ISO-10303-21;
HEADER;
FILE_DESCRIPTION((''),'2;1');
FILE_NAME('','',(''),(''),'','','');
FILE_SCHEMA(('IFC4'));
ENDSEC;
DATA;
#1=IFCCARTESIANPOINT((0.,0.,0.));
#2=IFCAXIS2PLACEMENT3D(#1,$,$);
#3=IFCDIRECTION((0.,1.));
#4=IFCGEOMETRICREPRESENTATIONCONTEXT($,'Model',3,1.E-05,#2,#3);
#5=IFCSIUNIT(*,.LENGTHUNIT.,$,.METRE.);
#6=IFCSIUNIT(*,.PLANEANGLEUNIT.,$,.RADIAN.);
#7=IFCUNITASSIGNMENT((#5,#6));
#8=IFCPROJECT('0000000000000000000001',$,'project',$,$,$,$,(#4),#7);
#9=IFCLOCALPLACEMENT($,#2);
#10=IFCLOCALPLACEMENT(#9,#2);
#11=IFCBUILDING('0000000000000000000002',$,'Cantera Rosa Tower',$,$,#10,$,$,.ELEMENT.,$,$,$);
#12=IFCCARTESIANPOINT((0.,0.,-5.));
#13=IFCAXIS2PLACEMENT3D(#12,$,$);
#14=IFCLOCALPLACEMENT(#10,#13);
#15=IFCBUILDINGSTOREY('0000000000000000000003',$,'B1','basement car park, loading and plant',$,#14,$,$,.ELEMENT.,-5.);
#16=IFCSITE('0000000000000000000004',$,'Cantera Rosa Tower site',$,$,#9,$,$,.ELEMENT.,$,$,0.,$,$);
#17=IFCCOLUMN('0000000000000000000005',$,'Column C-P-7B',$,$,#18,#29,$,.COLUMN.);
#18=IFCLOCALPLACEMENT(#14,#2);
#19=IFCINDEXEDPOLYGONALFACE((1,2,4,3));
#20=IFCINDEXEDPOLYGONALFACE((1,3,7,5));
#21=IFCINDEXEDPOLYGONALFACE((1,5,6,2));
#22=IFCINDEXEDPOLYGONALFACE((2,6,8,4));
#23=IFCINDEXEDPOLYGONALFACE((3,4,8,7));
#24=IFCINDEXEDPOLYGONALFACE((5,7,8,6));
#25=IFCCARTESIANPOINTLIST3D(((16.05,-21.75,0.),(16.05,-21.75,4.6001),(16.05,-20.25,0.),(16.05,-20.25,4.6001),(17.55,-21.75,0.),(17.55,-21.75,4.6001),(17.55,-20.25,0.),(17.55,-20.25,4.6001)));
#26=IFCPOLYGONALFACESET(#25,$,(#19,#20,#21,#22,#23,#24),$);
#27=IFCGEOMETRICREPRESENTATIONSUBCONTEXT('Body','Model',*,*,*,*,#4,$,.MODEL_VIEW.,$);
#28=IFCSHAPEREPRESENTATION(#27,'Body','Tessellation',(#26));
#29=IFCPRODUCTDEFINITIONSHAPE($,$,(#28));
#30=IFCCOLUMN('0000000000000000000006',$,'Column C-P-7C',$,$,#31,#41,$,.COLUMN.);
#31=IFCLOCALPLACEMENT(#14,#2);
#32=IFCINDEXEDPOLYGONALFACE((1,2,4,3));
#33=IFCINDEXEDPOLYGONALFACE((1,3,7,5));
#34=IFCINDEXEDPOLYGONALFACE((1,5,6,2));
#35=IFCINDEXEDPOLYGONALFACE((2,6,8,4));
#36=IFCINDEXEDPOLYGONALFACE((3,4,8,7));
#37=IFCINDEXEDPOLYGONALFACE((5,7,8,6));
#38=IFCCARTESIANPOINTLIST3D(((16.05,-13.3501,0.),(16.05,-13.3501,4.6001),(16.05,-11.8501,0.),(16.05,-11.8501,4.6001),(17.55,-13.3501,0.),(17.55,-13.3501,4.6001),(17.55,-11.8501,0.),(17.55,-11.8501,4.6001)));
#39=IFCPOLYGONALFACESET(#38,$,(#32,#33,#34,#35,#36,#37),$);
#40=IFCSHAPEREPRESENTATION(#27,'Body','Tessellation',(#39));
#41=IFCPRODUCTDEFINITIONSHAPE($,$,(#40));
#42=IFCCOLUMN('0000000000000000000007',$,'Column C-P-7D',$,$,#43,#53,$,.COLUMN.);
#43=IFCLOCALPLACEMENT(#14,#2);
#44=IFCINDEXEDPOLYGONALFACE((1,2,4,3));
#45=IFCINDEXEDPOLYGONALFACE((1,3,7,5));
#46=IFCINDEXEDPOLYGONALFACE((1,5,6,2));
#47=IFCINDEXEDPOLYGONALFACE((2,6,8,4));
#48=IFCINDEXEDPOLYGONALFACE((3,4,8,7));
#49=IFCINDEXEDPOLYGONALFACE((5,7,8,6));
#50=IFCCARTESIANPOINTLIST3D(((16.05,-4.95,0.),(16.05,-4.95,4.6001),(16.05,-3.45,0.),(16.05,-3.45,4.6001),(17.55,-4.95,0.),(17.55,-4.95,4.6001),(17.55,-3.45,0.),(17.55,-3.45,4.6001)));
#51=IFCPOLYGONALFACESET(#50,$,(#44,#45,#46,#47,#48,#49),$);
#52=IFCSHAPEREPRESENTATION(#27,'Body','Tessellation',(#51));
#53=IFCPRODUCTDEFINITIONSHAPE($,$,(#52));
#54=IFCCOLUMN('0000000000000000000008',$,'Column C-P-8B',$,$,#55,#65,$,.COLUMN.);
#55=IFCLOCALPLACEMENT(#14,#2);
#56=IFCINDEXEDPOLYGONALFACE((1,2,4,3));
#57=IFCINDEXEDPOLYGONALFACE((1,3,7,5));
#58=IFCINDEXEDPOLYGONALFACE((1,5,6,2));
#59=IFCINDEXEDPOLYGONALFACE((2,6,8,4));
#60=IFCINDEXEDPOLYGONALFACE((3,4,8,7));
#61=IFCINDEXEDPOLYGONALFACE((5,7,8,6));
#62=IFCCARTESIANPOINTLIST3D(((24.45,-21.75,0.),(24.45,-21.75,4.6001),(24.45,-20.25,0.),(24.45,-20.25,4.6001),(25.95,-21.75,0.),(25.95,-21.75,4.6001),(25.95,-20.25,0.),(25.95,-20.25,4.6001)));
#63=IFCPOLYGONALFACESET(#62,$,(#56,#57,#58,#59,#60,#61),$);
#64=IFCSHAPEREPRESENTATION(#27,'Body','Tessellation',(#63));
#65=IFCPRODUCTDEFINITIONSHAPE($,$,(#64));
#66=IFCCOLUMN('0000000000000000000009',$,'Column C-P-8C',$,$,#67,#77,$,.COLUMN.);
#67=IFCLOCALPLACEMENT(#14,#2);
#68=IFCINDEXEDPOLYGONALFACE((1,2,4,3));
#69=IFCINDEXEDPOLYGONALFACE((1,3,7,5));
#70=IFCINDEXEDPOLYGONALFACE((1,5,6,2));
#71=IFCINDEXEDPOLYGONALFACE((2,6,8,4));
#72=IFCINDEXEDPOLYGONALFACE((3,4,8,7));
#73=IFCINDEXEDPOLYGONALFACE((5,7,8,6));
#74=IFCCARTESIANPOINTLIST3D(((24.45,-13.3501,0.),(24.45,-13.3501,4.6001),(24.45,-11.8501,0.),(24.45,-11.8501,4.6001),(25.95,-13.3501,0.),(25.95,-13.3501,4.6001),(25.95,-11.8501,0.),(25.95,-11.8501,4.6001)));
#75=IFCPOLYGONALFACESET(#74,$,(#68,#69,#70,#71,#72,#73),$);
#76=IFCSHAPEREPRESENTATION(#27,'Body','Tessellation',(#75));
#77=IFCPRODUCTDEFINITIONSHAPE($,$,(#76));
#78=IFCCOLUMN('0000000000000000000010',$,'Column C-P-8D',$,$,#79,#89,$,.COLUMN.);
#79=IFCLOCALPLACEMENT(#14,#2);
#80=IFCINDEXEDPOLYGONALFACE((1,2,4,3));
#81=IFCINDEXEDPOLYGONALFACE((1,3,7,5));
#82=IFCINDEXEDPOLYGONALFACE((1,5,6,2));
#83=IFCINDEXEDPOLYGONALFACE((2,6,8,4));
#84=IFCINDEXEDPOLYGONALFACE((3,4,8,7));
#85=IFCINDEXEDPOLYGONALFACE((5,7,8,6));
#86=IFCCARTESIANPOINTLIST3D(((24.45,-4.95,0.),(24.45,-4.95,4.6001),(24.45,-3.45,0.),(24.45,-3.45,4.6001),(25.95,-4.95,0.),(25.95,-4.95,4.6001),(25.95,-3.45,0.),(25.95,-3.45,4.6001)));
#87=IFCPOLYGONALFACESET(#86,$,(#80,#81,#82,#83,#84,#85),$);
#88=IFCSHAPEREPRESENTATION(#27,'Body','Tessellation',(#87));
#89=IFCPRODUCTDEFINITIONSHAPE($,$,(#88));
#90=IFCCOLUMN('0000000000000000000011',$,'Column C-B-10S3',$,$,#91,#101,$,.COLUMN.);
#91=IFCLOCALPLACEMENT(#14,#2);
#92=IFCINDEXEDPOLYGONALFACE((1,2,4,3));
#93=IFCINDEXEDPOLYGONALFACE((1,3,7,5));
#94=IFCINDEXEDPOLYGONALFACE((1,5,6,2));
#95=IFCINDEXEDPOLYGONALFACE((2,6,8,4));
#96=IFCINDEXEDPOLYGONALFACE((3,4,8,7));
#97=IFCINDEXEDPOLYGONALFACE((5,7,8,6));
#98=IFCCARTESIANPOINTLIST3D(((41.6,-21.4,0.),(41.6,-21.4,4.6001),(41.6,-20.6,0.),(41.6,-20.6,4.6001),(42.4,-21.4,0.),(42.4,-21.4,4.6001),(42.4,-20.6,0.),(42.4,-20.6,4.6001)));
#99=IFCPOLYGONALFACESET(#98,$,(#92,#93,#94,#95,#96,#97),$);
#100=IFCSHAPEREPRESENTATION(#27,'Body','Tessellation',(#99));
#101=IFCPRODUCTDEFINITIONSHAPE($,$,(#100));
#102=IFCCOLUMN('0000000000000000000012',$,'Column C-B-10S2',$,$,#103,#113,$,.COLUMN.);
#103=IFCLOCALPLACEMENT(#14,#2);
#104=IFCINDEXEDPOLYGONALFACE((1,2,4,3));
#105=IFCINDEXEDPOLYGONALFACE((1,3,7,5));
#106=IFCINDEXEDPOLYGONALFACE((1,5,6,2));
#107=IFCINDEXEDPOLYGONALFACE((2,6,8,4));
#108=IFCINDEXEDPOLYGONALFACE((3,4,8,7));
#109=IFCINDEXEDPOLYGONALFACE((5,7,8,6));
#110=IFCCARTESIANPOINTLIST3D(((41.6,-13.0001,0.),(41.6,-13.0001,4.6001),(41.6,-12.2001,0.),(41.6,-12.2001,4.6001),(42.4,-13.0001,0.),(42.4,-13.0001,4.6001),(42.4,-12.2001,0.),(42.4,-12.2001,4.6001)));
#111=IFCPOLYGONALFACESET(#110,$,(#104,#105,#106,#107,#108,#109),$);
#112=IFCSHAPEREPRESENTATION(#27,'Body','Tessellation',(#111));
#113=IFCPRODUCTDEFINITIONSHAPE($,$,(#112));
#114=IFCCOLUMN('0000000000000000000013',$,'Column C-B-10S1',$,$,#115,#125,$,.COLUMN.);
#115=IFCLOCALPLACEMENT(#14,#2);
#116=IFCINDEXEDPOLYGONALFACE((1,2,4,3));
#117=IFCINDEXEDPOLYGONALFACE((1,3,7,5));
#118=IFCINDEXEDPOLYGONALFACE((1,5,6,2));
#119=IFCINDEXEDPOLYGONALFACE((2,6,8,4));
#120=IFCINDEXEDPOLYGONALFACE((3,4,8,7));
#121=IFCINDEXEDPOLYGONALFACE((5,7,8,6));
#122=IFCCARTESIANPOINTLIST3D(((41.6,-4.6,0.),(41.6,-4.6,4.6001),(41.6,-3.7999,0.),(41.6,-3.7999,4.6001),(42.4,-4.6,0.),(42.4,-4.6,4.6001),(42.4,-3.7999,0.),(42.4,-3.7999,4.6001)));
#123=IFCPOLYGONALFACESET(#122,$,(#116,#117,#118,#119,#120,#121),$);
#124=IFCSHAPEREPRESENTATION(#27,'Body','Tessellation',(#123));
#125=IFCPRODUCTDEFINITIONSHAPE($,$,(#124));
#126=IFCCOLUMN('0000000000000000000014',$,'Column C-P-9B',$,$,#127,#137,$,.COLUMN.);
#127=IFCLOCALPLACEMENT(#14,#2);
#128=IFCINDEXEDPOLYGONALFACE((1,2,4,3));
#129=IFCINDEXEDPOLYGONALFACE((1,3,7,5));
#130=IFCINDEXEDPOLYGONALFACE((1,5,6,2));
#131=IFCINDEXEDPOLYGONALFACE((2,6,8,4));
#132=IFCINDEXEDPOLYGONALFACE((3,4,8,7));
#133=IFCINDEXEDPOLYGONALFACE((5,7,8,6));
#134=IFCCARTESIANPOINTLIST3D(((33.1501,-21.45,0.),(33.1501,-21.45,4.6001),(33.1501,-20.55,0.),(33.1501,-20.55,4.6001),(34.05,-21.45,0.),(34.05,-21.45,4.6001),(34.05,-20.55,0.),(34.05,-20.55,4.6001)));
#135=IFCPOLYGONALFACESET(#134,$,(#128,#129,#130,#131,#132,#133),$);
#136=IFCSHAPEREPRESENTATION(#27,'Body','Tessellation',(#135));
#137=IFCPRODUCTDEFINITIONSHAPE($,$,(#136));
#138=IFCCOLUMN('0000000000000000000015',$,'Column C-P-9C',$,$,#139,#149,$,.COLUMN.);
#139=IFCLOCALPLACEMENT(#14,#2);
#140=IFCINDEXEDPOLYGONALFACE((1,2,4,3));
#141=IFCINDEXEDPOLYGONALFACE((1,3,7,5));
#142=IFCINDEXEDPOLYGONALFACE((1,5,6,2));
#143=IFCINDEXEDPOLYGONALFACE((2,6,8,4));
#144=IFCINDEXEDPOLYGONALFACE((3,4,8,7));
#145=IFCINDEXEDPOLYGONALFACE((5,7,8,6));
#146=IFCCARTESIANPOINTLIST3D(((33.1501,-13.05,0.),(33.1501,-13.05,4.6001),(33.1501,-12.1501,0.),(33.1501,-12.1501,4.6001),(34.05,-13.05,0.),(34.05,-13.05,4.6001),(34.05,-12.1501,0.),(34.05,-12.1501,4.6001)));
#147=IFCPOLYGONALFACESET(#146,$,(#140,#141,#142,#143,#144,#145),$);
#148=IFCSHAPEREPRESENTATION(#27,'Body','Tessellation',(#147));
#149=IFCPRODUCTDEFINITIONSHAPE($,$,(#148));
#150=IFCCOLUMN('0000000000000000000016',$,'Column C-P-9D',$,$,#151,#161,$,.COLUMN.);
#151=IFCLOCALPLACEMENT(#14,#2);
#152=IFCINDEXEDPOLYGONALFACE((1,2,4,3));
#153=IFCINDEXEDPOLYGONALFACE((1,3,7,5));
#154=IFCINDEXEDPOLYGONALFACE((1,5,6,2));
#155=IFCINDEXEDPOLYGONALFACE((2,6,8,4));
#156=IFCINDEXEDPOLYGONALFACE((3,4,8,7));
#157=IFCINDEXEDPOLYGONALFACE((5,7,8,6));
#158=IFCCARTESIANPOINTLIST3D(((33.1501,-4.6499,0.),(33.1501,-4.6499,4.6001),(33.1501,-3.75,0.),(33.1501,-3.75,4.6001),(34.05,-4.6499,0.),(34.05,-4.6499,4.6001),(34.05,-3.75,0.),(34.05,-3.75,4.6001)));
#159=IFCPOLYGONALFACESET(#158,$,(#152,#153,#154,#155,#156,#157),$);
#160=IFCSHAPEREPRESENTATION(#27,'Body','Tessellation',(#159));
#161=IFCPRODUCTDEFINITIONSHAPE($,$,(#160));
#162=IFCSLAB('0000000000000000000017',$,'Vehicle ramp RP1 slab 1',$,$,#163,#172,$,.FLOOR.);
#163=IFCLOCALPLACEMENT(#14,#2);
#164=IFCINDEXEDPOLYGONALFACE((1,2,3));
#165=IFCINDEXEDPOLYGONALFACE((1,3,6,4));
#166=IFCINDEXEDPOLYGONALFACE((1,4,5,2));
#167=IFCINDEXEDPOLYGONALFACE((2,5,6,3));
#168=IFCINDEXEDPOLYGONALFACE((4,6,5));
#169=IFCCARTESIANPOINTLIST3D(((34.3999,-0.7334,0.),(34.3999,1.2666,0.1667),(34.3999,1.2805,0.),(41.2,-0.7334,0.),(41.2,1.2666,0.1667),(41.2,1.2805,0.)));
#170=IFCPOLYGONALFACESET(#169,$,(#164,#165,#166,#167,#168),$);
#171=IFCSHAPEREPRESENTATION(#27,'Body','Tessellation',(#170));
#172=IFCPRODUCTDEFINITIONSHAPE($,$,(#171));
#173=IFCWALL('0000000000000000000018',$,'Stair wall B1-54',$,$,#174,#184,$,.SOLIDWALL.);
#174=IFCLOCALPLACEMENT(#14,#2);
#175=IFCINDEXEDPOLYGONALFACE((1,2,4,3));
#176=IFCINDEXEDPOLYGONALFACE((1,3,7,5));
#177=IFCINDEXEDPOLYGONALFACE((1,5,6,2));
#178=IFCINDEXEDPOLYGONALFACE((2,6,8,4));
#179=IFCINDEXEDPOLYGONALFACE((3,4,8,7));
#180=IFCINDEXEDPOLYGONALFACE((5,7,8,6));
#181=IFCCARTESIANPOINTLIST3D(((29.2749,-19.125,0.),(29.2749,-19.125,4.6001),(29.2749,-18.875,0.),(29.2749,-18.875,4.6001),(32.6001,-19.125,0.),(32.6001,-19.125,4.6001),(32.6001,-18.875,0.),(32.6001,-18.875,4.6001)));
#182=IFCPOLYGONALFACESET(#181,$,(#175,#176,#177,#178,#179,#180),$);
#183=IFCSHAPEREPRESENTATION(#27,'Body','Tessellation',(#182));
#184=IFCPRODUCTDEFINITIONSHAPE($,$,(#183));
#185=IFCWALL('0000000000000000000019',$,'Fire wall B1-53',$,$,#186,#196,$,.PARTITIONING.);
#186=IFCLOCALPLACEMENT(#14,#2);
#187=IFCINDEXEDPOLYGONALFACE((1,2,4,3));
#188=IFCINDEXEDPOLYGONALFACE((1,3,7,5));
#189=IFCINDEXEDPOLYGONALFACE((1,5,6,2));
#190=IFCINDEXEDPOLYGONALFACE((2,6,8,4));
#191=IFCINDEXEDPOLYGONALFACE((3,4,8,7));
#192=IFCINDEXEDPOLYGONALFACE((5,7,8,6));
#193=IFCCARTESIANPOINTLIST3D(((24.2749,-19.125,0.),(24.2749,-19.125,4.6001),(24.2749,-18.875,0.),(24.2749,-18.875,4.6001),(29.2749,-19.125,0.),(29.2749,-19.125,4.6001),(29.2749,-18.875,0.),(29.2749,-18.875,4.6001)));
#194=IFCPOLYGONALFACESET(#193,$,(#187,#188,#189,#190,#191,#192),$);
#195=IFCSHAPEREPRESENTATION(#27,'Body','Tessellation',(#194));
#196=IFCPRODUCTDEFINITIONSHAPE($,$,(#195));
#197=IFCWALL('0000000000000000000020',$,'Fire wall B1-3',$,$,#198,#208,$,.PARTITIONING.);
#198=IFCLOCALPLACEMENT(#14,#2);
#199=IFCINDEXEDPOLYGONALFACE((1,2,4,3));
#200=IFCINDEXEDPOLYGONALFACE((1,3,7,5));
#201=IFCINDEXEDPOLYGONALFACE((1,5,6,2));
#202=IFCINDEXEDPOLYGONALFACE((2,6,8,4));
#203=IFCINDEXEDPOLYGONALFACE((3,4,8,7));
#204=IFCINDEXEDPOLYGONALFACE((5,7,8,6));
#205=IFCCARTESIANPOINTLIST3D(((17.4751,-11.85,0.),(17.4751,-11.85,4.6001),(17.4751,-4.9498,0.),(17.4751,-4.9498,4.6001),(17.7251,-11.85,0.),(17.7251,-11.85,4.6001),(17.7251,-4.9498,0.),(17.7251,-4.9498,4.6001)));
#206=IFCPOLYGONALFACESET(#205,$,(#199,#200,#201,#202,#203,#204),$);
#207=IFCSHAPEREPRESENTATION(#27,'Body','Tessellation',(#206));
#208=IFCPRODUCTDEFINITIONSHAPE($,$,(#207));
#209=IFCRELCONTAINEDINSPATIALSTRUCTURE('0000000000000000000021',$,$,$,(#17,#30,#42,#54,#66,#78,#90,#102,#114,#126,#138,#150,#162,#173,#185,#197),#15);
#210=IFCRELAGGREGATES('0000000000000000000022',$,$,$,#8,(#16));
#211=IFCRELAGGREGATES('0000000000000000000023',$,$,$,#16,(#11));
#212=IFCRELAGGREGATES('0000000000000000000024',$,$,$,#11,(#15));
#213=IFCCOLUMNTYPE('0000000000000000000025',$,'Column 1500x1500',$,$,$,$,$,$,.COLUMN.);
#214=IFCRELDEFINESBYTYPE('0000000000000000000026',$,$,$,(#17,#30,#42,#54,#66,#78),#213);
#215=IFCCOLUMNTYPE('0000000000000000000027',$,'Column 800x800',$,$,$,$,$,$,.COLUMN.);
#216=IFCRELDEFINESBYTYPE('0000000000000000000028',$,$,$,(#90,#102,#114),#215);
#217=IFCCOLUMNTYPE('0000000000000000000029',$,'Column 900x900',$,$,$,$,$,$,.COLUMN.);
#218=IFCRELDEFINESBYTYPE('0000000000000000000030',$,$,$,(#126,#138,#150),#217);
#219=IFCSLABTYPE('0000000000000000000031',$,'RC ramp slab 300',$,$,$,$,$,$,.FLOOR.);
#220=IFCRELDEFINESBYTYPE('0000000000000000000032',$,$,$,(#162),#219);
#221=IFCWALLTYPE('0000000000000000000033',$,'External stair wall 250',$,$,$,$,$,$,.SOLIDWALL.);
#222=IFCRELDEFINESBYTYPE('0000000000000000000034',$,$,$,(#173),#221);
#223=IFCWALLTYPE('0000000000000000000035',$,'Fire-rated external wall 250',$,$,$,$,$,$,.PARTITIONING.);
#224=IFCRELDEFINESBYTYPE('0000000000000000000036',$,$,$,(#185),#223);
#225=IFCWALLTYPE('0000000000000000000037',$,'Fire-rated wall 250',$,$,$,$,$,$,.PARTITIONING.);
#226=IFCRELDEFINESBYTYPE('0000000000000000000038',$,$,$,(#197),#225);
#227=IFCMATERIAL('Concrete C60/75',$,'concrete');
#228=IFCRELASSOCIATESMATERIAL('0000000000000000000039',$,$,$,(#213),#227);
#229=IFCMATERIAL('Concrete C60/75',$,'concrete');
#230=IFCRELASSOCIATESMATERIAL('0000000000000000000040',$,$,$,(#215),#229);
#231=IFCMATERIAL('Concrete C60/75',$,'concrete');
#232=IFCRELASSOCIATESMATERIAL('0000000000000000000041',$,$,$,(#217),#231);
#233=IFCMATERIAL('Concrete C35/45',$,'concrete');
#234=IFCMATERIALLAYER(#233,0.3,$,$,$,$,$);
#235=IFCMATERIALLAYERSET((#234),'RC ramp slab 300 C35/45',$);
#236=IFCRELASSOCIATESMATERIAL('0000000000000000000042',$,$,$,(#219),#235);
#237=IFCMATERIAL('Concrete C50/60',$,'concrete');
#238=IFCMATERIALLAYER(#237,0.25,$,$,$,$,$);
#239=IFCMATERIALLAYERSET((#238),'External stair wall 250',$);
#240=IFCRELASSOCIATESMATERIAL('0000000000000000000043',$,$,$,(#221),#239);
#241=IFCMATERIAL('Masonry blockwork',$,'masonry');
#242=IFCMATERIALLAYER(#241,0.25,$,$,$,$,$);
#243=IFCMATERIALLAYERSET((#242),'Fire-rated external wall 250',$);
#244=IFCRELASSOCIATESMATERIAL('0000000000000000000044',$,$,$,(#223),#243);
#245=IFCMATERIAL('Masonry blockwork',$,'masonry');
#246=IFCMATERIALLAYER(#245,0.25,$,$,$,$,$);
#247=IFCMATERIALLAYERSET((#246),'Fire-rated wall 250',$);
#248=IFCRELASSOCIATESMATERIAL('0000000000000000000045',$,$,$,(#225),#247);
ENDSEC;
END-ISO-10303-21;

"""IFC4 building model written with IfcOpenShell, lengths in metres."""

from ifc_helpers import new_model, si_unit, direction, frame, frame_2d, origin, origin_2d, place, context, subcontext, project, spatial, polyline, rectangle, outline, extrude, clip, halfspace, material, layer, layer_set, material_profile, profile_set, type_object, element, save


model = new_model("IFC4")

# Units and contexts
model_context = context("Model", 3, precision=1e-05, world=origin(), true_north=direction((0.0, 1.0)))
body_context = subcontext(model_context, "Body", "Model", "MODEL_VIEW")
ifc_project = project(units=[si_unit("LENGTHUNIT", "METRE"), si_unit("PLANEANGLEUNIT", "RADIAN")], contexts=[model_context])

# Site, building, storey
site_placement = place(None, origin())
site = spatial("IfcSite", under=ifc_project, at=site_placement, Name="Cantera Rosa Tower site", CompositionType="ELEMENT", RefElevation=0.0)
building_placement = place(site_placement, origin())
building = spatial("IfcBuilding", under=site, at=building_placement, Name="Cantera Rosa Tower", CompositionType="ELEMENT")
storey_placement = place(building_placement, frame((0.0, 0.0, -5.0)))
storey = spatial("IfcBuildingStorey", under=building, at=storey_placement, Name="B1", Description="basement car park, loading and plant", CompositionType="ELEMENT", Elevation=-5.0)

# Columns
ifc_material_1 = material(Name="Concrete C60/75", Category="concrete")
ifc_material_profile_1 = material_profile(ifc_material_1, rectangle(XDim=1.5, YDim=1.5, at=origin_2d()), Name="Column 1500x1500")
ifc_profile_set_1 = profile_set([ifc_material_profile_1], Name="Concrete C60/75")
column_type_1 = type_object("IfcColumnType", Name="Column 1500x1500", PredefinedType="COLUMN", material=ifc_profile_set_1)
for number, where, z_axis, x_axis, name in (
    (1, (16.8, -21.0, 0.0), (0.0, 0.0, 1.0), (1.0, 0.0, 0.0), "Column C-P-7B"),
    (2, (16.8, -12.6001, 0.0), (0.0, 0.0, 1.0), (1.0, 0.0, 0.0), "Column C-P-7C"),
    (3, (16.8, -4.2, 0.0), (0.0, 0.0, 1.0), (1.0, 0.0, 0.0), "Column C-P-7D"),
    (4, (25.2, -21.0, 0.0), (0.0, 0.0, 1.0), (1.0, 0.0, 0.0), "Column C-P-8B"),
    (5, (25.2, -12.6001, 0.0), (0.0, 0.0, 1.0), (1.0, 0.0, 0.0), "Column C-P-8C"),
    (6, (25.2, -4.2, 0.0), (0.0, 0.0, 1.0), (1.0, 0.0, 0.0), "Column C-P-8D"),
):
    element("IfcColumn", number, at=place(storey_placement, frame(where, z_axis=z_axis, x_axis=x_axis)), inside=storey, type_object=column_type_1, Name=name, PredefinedType="COLUMN", context=body_context, shape_type="SweptSolid", body=[
        extrude(rectangle(XDim=1.5, YDim=1.5, at=origin_2d()), origin(), (0.0, 0.0, 1.0), 4.6001),
    ])
ifc_material_2 = material(Name="Concrete C60/75", Category="concrete")
ifc_material_profile_2 = material_profile(ifc_material_2, rectangle(XDim=0.8, YDim=0.8, at=origin_2d()), Name="Column 800x800")
ifc_profile_set_2 = profile_set([ifc_material_profile_2], Name="Concrete C60/75")
column_type_2 = type_object("IfcColumnType", Name="Column 800x800", PredefinedType="COLUMN", material=ifc_profile_set_2)
for number, where, z_axis, x_axis, name in (
    (7, (42.0, -21.0, 0.0), (0.0, 0.0, 1.0), (1.0, 0.0, 0.0), "Column C-B-10S3"),
    (8, (42.0, -12.6001, 0.0), (0.0, 0.0, 1.0), (1.0, 0.0, 0.0), "Column C-B-10S2"),
    (9, (42.0, -4.2, 0.0), (0.0, 0.0, 1.0), (1.0, 0.0, 0.0), "Column C-B-10S1"),
):
    element("IfcColumn", number, at=place(storey_placement, frame(where, z_axis=z_axis, x_axis=x_axis)), inside=storey, type_object=column_type_2, Name=name, PredefinedType="COLUMN", context=body_context, shape_type="SweptSolid", body=[
        extrude(rectangle(XDim=0.8, YDim=0.8, at=origin_2d()), origin(), (0.0, 0.0, 1.0), 4.6001),
    ])
ifc_material_3 = material(Name="Concrete C60/75", Category="concrete")
ifc_material_profile_3 = material_profile(ifc_material_3, rectangle(XDim=0.8999, YDim=0.8999, at=origin_2d()), Name="Column 900x900")
ifc_profile_set_3 = profile_set([ifc_material_profile_3], Name="Concrete C60/75")
column_type_3 = type_object("IfcColumnType", Name="Column 900x900", PredefinedType="COLUMN", material=ifc_profile_set_3)
for number, where, z_axis, x_axis, name in (
    (10, (33.6001, -21.0, 0.0), (0.0, 0.0, 1.0), (1.0, 0.0, 0.0), "Column C-P-9B"),
    (11, (33.6001, -12.6001, 0.0), (0.0, 0.0, 1.0), (1.0, 0.0, 0.0), "Column C-P-9C"),
    (12, (33.6001, -4.2, 0.0), (0.0, 0.0, 1.0), (1.0, 0.0, 0.0), "Column C-P-9D"),
):
    element("IfcColumn", number, at=place(storey_placement, frame(where, z_axis=z_axis, x_axis=x_axis)), inside=storey, type_object=column_type_3, Name=name, PredefinedType="COLUMN", context=body_context, shape_type="SweptSolid", body=[
        extrude(rectangle(XDim=0.8999, YDim=0.8999, at=origin_2d()), origin(), (0.0, 0.0, 1.0), 4.6001),
    ])

# Slab
ifc_material_4 = material(Name="Concrete C35/45", Category="concrete")
ifc_layer_1 = layer(ifc_material_4, 0.3)
ifc_layer_set_1 = layer_set([ifc_layer_1], Name="RC ramp slab 300 C35/45")
slab_type = type_object("IfcSlabType", Name="RC ramp slab 300", PredefinedType="FLOOR", material=ifc_layer_set_1)
slab_placement = place(storey_placement, frame((34.3999, -0.7334, 0.0), z_axis=(0.0, -0.083086, 0.996542), x_axis=(1.0, 0.0, 0.0)))
element("IfcSlab", 13, at=slab_placement, inside=storey, type_object=slab_type, Name="Vehicle ramp RP1 slab 1", PredefinedType="FLOOR", context=body_context, shape_type="Clipping", body=[
    clip(extrude(outline(polyline([(0.0, 0.0), (6.8, 0.0), (6.8, 2.0069), (0.0, 2.0069), (0.0, 0.0)])), origin(), (0.0, 0.0, -1.0), 0.3), halfspace(frame((0.0, 0.0, 0.0), z_axis=(0.0, 0.083086, 0.996542), x_axis=(1.0, 0.0, 0.0)), True)),
])

# Walls
ifc_material_5 = material(Name="Concrete C50/60", Category="concrete")
ifc_layer_2 = layer(ifc_material_5, 0.25)
ifc_layer_set_2 = layer_set([ifc_layer_2], Name="External stair wall 250")
wall_type_1 = type_object("IfcWallType", Name="External stair wall 250", PredefinedType="SOLIDWALL", material=ifc_layer_set_2)
wall_1_placement = place(storey_placement, frame((29.2749, -19.0, 0.0), z_axis=(0.0, 0.0, 1.0), x_axis=(1.0, 0.0, 0.0)))
element("IfcWall", 14, at=wall_1_placement, inside=storey, type_object=wall_type_1, Name="Stair wall B1-54", PredefinedType="SOLIDWALL", context=body_context, shape_type="SweptSolid", body=[
    extrude(rectangle(XDim=3.3252, YDim=0.25, at=frame_2d((1.6626, 0.0))), origin(), (0.0, 0.0, 1.0), 4.6001),
])
ifc_material_6 = material(Name="Masonry blockwork", Category="masonry")
ifc_layer_3 = layer(ifc_material_6, 0.25)
ifc_layer_set_3 = layer_set([ifc_layer_3], Name="Fire-rated external wall 250")
wall_type_2 = type_object("IfcWallType", Name="Fire-rated external wall 250", PredefinedType="PARTITIONING", material=ifc_layer_set_3)
wall_2_placement = place(storey_placement, frame((24.2749, -19.0, 0.0), z_axis=(0.0, 0.0, 1.0), x_axis=(1.0, 0.0, 0.0)))
element("IfcWall", 15, at=wall_2_placement, inside=storey, type_object=wall_type_2, Name="Fire wall B1-53", PredefinedType="PARTITIONING", context=body_context, shape_type="SweptSolid", body=[
    extrude(rectangle(XDim=5.0, YDim=0.25, at=frame_2d((2.5, 0.0))), origin(), (0.0, 0.0, 1.0), 4.6001),
])
ifc_material_7 = material(Name="Masonry blockwork", Category="masonry")
ifc_layer_4 = layer(ifc_material_7, 0.25)
ifc_layer_set_4 = layer_set([ifc_layer_4], Name="Fire-rated wall 250")
wall_type_3 = type_object("IfcWallType", Name="Fire-rated wall 250", PredefinedType="PARTITIONING", material=ifc_layer_set_4)
wall_3_placement = place(storey_placement, frame((17.6001, -11.8501, 0.0), z_axis=(0.0, 0.0, 1.0), x_axis=(0.0, 1.0, 0.0)))
element("IfcWall", 16, at=wall_3_placement, inside=storey, type_object=wall_type_3, Name="Fire wall B1-3", PredefinedType="PARTITIONING", context=body_context, shape_type="SweptSolid", body=[
    extrude(rectangle(XDim=6.9001, YDim=0.25, at=frame_2d((3.4502, 0.0))), origin(), (0.0, 0.0, 1.0), 4.6001),
])

save(model, "model.ifc")
